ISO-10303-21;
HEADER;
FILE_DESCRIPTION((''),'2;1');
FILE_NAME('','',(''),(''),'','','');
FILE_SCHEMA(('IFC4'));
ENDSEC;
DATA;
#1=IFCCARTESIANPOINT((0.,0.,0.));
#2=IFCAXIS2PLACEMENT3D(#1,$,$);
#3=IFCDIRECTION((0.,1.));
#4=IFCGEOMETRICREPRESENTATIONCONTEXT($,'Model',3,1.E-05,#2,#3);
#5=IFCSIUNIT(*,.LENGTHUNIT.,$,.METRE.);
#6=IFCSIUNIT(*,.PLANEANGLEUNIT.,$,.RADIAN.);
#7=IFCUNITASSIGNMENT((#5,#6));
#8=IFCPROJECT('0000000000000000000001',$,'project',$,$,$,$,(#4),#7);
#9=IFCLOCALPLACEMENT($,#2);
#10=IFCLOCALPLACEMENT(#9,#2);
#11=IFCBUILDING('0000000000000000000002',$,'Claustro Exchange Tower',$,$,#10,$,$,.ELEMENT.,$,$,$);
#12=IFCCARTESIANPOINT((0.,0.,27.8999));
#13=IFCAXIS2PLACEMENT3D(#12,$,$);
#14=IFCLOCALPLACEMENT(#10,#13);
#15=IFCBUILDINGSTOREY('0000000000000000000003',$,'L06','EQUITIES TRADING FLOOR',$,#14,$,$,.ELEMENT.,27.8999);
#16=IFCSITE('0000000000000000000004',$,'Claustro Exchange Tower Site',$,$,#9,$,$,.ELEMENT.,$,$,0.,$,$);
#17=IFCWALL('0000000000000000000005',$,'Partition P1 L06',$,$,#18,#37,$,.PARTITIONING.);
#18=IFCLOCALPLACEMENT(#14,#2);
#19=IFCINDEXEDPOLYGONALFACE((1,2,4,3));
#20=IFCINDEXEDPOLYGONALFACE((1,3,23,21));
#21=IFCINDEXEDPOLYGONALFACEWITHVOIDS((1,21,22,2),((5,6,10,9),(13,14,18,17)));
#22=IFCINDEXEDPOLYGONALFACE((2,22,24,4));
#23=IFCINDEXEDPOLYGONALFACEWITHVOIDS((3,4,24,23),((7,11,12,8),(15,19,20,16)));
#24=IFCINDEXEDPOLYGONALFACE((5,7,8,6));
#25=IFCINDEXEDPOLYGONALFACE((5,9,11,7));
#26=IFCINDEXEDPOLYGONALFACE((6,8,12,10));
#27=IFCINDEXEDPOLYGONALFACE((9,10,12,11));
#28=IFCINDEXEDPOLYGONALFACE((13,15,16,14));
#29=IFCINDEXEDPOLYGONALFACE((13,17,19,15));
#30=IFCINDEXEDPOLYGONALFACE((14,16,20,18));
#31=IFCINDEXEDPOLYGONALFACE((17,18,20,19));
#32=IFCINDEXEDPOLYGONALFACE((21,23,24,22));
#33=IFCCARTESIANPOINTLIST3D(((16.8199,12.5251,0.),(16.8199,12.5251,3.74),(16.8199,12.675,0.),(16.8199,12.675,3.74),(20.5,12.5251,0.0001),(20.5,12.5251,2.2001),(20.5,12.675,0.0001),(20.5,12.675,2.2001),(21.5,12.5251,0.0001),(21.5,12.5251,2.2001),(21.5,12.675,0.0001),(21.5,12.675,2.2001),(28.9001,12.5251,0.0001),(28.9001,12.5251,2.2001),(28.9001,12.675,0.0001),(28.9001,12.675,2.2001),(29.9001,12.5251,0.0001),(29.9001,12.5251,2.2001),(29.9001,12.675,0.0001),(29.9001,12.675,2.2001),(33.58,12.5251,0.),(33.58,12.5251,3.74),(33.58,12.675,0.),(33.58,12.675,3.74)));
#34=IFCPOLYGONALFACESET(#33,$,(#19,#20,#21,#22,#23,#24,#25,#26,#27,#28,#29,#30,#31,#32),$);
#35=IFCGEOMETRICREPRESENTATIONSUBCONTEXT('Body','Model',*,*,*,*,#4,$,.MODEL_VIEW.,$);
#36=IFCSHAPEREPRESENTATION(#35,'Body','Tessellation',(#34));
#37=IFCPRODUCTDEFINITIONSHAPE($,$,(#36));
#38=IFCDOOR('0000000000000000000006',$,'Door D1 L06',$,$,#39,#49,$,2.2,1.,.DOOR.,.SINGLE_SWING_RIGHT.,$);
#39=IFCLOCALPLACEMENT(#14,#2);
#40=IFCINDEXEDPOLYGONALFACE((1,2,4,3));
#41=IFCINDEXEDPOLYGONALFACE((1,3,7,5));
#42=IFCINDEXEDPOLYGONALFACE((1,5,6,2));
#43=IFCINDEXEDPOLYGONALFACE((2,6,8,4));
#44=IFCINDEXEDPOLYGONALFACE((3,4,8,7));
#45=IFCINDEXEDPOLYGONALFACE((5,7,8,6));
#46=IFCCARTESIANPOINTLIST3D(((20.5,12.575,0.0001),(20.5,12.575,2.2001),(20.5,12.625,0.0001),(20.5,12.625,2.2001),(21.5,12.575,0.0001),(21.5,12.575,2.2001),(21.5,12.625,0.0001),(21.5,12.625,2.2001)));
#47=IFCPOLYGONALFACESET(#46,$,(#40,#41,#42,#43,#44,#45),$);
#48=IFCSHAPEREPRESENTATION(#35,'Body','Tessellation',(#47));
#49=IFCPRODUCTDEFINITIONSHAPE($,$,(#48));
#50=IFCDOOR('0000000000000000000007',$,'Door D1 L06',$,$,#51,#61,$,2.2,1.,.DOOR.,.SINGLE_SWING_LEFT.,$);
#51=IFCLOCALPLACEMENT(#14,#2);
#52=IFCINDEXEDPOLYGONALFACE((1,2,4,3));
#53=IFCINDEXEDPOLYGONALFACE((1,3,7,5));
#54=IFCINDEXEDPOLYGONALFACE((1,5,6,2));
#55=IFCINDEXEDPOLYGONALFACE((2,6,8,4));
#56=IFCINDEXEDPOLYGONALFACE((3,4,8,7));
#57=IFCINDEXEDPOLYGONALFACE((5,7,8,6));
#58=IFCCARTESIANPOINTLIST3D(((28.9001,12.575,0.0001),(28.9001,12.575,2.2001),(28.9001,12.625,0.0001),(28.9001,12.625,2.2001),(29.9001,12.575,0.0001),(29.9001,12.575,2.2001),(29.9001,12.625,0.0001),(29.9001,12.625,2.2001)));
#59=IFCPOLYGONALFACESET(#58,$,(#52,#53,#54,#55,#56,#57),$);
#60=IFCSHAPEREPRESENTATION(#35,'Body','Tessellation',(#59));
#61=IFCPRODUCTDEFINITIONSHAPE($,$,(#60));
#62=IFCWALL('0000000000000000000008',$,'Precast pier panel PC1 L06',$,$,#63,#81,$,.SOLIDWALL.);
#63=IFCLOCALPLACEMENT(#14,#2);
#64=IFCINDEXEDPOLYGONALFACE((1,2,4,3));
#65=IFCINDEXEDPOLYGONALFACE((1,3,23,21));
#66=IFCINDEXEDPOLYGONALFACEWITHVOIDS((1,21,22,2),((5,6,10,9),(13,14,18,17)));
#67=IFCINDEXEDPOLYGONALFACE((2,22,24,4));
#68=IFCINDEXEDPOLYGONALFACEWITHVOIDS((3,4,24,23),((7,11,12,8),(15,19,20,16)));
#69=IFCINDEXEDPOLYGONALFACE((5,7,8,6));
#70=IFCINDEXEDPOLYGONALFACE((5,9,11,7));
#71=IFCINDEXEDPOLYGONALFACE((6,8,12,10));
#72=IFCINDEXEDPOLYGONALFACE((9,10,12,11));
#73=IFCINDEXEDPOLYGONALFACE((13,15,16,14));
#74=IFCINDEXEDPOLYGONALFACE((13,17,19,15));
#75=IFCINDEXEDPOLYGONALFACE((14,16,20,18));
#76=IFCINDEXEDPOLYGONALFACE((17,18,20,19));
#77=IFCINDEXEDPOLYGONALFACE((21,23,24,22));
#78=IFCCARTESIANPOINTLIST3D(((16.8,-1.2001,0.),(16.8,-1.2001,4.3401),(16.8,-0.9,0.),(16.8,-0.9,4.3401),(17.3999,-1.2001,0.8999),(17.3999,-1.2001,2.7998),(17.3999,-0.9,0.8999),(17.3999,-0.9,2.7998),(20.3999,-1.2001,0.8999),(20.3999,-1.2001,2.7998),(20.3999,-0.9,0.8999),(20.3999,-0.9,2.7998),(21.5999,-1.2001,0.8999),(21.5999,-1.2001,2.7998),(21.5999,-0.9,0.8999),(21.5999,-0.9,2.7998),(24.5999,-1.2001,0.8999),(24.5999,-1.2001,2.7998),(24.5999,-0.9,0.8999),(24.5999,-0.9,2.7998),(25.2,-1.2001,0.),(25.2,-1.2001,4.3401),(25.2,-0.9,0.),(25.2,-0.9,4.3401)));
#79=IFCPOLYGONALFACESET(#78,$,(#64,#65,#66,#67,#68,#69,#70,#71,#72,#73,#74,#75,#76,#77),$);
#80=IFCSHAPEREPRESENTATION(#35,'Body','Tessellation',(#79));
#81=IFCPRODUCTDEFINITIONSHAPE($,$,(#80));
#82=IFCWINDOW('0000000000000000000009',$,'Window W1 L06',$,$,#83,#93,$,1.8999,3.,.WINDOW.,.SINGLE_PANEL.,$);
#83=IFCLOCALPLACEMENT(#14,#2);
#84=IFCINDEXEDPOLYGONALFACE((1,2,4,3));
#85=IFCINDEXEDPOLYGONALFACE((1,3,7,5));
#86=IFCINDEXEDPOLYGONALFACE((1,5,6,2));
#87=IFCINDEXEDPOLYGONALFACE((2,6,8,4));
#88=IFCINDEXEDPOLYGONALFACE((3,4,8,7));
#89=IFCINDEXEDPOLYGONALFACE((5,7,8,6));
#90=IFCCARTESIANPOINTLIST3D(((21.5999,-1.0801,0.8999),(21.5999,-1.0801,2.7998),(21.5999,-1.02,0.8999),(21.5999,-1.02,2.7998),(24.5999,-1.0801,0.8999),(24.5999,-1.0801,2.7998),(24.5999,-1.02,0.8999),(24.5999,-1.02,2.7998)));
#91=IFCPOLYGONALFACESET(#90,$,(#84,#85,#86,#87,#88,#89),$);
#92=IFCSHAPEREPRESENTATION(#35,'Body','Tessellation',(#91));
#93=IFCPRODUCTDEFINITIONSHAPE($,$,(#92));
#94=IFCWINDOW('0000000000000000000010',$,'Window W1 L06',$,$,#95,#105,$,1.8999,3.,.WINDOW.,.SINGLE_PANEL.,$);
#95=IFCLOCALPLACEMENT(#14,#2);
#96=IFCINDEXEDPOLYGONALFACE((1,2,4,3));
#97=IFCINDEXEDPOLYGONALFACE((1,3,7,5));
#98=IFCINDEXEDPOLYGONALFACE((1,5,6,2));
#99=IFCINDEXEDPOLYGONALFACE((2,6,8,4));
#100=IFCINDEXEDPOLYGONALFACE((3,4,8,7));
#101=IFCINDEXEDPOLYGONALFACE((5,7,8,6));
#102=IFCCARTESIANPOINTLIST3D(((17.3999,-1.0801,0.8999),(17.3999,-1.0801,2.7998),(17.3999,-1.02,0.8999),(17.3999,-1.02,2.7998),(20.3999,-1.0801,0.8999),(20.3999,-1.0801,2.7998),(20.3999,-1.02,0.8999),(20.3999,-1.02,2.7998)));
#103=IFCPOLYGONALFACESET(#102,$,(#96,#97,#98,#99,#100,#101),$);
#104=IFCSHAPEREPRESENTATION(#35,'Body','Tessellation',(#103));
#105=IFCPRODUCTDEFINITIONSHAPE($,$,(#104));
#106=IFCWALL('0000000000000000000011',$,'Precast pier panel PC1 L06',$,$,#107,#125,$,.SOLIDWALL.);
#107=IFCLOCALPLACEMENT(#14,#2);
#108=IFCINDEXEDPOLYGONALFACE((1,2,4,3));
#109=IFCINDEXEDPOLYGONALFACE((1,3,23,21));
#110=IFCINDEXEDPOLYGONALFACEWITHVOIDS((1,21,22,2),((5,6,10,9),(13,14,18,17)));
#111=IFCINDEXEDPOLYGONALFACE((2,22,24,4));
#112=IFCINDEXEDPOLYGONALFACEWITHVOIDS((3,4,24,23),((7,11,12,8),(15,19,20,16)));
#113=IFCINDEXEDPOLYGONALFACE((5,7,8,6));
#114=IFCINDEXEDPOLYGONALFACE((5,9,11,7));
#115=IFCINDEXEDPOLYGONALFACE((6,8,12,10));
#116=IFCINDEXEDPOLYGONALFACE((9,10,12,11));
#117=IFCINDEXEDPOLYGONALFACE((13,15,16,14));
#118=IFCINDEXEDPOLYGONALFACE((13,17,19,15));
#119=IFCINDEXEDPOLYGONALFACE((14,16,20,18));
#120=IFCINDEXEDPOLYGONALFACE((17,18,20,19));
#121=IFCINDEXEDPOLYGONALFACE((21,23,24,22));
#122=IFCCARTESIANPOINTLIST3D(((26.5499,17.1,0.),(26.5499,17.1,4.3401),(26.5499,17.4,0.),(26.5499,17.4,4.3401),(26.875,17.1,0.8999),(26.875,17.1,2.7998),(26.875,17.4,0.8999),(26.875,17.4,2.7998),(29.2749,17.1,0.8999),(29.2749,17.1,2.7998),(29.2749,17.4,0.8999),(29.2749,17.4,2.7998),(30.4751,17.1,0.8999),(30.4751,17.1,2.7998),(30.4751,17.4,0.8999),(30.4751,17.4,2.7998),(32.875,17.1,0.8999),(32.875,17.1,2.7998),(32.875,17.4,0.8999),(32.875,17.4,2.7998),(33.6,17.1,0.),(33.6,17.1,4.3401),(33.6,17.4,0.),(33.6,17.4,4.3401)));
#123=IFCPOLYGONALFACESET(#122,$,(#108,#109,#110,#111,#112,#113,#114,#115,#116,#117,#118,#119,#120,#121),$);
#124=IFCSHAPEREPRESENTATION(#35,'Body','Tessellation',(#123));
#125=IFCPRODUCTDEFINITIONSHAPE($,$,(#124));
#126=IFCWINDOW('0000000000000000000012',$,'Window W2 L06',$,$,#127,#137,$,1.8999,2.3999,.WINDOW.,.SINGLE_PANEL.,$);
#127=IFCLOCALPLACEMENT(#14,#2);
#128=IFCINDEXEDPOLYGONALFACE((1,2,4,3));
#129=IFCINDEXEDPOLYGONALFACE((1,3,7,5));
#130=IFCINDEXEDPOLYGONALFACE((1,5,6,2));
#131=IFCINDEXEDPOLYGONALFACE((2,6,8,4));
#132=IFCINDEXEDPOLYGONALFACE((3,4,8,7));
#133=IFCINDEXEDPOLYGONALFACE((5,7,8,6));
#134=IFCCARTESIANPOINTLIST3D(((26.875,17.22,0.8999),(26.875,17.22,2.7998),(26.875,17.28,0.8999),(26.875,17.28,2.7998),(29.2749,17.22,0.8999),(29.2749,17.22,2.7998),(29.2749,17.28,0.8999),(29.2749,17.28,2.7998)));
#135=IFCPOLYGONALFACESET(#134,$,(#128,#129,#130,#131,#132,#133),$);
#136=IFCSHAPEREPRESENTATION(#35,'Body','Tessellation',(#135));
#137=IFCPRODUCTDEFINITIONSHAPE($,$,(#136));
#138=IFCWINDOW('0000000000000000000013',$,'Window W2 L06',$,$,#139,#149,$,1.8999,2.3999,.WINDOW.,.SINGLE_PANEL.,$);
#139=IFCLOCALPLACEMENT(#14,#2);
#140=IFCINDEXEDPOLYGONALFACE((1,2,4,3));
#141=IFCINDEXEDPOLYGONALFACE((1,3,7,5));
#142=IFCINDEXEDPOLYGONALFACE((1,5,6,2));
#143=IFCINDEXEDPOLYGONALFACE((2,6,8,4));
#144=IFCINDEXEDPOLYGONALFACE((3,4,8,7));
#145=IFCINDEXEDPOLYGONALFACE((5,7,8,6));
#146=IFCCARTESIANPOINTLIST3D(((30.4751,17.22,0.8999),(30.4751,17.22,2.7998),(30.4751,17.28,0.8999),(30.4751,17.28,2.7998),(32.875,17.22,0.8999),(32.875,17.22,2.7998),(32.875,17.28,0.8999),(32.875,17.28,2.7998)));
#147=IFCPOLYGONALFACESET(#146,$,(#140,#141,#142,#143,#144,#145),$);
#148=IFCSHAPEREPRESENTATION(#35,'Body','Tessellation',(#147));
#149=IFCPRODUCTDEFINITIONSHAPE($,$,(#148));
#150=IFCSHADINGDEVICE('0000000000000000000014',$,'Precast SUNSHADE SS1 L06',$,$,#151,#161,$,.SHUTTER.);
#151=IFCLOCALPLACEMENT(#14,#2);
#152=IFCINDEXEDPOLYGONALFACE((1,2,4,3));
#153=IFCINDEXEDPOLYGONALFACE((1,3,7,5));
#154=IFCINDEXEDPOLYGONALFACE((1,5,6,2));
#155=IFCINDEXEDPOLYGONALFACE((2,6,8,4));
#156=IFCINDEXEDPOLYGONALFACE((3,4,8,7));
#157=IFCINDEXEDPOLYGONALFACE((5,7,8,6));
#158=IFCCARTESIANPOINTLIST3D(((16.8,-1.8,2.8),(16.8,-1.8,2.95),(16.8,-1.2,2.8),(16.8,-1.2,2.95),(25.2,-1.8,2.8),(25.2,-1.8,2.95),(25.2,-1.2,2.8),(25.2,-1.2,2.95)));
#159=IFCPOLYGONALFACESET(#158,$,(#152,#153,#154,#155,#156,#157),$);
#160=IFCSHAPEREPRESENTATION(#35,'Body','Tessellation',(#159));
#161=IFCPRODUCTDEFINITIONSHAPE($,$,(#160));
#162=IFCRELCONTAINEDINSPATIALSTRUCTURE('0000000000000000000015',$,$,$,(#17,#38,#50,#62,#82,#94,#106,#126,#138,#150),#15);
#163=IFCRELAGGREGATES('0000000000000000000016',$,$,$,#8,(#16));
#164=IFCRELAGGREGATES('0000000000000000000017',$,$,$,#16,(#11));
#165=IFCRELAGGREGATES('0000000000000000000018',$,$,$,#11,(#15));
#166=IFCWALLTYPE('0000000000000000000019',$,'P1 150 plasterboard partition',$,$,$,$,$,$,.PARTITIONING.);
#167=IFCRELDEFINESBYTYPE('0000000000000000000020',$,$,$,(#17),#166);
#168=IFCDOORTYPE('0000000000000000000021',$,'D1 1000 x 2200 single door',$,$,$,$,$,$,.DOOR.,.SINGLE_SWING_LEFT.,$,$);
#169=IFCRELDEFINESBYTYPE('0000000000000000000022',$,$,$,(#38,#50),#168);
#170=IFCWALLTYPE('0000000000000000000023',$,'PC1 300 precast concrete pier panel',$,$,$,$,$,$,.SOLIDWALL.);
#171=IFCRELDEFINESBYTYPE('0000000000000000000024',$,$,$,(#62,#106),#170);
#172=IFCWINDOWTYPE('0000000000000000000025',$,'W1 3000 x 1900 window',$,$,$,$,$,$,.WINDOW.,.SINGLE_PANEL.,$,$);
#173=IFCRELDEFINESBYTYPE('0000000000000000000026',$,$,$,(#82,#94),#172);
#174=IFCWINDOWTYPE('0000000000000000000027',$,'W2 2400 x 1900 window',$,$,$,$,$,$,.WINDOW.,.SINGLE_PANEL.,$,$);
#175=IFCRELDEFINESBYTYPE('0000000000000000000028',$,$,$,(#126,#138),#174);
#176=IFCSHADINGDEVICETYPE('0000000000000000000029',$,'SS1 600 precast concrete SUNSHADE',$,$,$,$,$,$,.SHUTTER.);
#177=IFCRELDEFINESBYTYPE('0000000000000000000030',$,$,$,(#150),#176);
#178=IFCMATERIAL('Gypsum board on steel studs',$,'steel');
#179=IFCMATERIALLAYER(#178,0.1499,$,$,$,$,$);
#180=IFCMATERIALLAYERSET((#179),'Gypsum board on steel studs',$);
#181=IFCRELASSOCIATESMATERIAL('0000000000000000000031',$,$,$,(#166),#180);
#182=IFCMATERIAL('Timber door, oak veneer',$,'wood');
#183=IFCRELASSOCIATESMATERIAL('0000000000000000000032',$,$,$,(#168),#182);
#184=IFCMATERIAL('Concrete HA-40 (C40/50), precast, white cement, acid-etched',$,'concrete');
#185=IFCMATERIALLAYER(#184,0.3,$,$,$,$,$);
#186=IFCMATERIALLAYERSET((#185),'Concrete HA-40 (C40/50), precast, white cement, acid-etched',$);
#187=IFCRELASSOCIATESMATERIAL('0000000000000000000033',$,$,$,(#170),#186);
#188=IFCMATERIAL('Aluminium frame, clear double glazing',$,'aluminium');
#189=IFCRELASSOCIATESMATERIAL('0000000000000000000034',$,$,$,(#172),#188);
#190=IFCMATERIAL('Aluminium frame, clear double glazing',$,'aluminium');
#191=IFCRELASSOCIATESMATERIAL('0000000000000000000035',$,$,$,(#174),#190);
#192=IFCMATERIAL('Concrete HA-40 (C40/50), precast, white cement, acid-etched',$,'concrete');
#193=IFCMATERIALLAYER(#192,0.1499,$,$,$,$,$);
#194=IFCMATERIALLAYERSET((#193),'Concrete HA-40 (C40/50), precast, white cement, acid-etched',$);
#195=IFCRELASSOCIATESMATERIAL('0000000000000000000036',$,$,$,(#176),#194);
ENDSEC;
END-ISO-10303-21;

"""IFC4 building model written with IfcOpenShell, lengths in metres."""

from ifc_helpers import new_model, si_unit, direction, frame, frame_2d, origin, origin_2d, place, context, subcontext, project, spatial, rectangle, extrude, material, layer, layer_set, type_object, element, fill, save


model = new_model("IFC4")

# Units and contexts
model_context = context("Model", 3, precision=1e-05, world=origin(), true_north=direction((0.0, 1.0)))
body_context = subcontext(model_context, "Body", "Model", "MODEL_VIEW")
ifc_project = project(units=[si_unit("LENGTHUNIT", "METRE"), si_unit("PLANEANGLEUNIT", "RADIAN")], contexts=[model_context])

# Site, building, storey
site_placement = place(None, origin())
site = spatial("IfcSite", under=ifc_project, at=site_placement, Name="Claustro Exchange Tower Site", CompositionType="ELEMENT", RefElevation=0.0)
building_placement = place(site_placement, origin())
building = spatial("IfcBuilding", under=site, at=building_placement, Name="Claustro Exchange Tower", CompositionType="ELEMENT")
storey_placement = place(building_placement, frame((0.0, 0.0, 27.8999)))
storey = spatial("IfcBuildingStorey", under=building, at=storey_placement, Name="L06", Description="EQUITIES TRADING FLOOR", CompositionType="ELEMENT", Elevation=27.8999)

# Shared definitions
ifc_material_1 = material(Name="Gypsum board on steel studs", Category="steel")
ifc_layer_1 = layer(ifc_material_1, 0.1499)
ifc_layer_set_1 = layer_set([ifc_layer_1], Name="Gypsum board on steel studs")
wall_type_1 = type_object("IfcWallType", Name="P1 150 plasterboard partition", PredefinedType="PARTITIONING", material=ifc_layer_set_1)

# Wall, openings, doors
wall_1_placement = place(storey_placement, frame((16.8201, 12.6001, 0.0), z_axis=(0.0, 0.0, 1.0), x_axis=(1.0, 0.0, 0.0)))
wall_1 = element("IfcWall", 1, at=wall_1_placement, inside=storey, type_object=wall_type_1, Name="Partition P1 L06", PredefinedType="PARTITIONING", context=body_context, shape_type="SweptSolid", body=[
    extrude(rectangle(XDim=16.76, YDim=0.1499, at=frame_2d((8.3799, 0.0))), origin(), (0.0, 0.0, 1.0), 3.74),
])
opening_1_placement = place(wall_1_placement, frame((3.6799, 0.0, 0.0)))
opening_1 = element("IfcOpeningElement", 2, at=opening_1_placement, cuts=wall_1, PredefinedType="OPENING", context=body_context, shape_type="SweptSolid", body=[
    extrude(rectangle(XDim=1.0, YDim=2.2, at=frame_2d((0.5, 1.1001))), frame((0.0, 0.085, 0.0), z_axis=(0.0, -1.0, 0.0), x_axis=(1.0, 0.0, 0.0)), (0.0, 0.0, 1.0), 0.1699),
])
opening_2_placement = place(wall_1_placement, frame((12.0801, 0.0, 0.0)))
opening_2 = element("IfcOpeningElement", 3, at=opening_2_placement, cuts=wall_1, PredefinedType="OPENING", context=body_context, shape_type="SweptSolid", body=[
    extrude(rectangle(XDim=1.0, YDim=2.2, at=frame_2d((0.5, 1.1001))), frame((0.0, 0.085, 0.0), z_axis=(0.0, -1.0, 0.0), x_axis=(1.0, 0.0, 0.0)), (0.0, 0.0, 1.0), 0.1699),
])
ifc_material_2 = material(Name="Timber door, oak veneer", Category="wood")
door_type = type_object("IfcDoorType", Name="D1 1000 x 2200 single door", OperationType="SINGLE_SWING_LEFT", PredefinedType="DOOR", material=ifc_material_2)
door_1_placement = place(opening_1_placement, origin())
door_1 = element("IfcDoor", 4, at=door_1_placement, inside=storey, type_object=door_type, Name="Door D1 L06", OperationType="SINGLE_SWING_RIGHT", OverallHeight=2.2, OverallWidth=1.0, PredefinedType="DOOR", context=body_context, shape_type="SweptSolid", body=[
    extrude(rectangle(XDim=1.0, YDim=2.2, at=frame_2d((0.5, 1.1001))), frame((0.0, 0.0249, 0.0), z_axis=(0.0, -1.0, 0.0), x_axis=(1.0, 0.0, 0.0)), (0.0, 0.0, 1.0), 0.05),
])
fill(opening_1, door_1)
door_2_placement = place(opening_2_placement, origin())
door_2 = element("IfcDoor", 5, at=door_2_placement, inside=storey, type_object=door_type, Name="Door D1 L06", OperationType="SINGLE_SWING_LEFT", OverallHeight=2.2, OverallWidth=1.0, PredefinedType="DOOR", context=body_context, shape_type="SweptSolid", body=[
    extrude(rectangle(XDim=1.0, YDim=2.2, at=frame_2d((0.5, 1.1001))), frame((0.0, 0.0249, 0.0), z_axis=(0.0, -1.0, 0.0), x_axis=(1.0, 0.0, 0.0)), (0.0, 0.0, 1.0), 0.05),
])
fill(opening_2, door_2)

# Walls, openings, windows
ifc_material_3 = material(Name="Concrete HA-40 (C40/50), precast, white cement, acid-etched", Category="concrete")
ifc_layer_2 = layer(ifc_material_3, 0.3)
ifc_layer_set_2 = layer_set([ifc_layer_2], Name="Concrete HA-40 (C40/50), precast, white cement, acid-etched")
wall_type_2 = type_object("IfcWallType", Name="PC1 300 precast concrete pier panel", PredefinedType="SOLIDWALL", material=ifc_layer_set_2)
wall_2_placement = place(storey_placement, frame((25.2, -1.05, 0.0), z_axis=(0.0, 0.0, 1.0), x_axis=(-1.0, 0.0, 0.0)))
wall_2 = element("IfcWall", 6, at=wall_2_placement, inside=storey, type_object=wall_type_2, Name="Precast pier panel PC1 L06", PredefinedType="SOLIDWALL", context=body_context, shape_type="SweptSolid", body=[
    extrude(rectangle(XDim=8.3999, YDim=0.3, at=frame_2d((4.2, 0.0))), origin(), (0.0, 0.0, 1.0), 4.3401),
])
opening_3_placement = place(wall_2_placement, frame((0.6001, 0.0, 0.8999)))
opening_3 = element("IfcOpeningElement", 7, at=opening_3_placement, cuts=wall_2, PredefinedType="OPENING", context=body_context, shape_type="SweptSolid", body=[
    extrude(rectangle(XDim=3.0, YDim=1.8999, at=frame_2d((1.5, 0.95))), frame((0.0, 0.1599, 0.0), z_axis=(0.0, -1.0, 0.0), x_axis=(1.0, 0.0, 0.0)), (0.0, 0.0, 1.0), 0.3201),
])
opening_4_placement = place(wall_2_placement, frame((4.8, 0.0, 0.8999)))
opening_4 = element("IfcOpeningElement", 8, at=opening_4_placement, cuts=wall_2, PredefinedType="OPENING", context=body_context, shape_type="SweptSolid", body=[
    extrude(rectangle(XDim=3.0, YDim=1.8999, at=frame_2d((1.5, 0.95))), frame((0.0, 0.1599, 0.0), z_axis=(0.0, -1.0, 0.0), x_axis=(1.0, 0.0, 0.0)), (0.0, 0.0, 1.0), 0.3201),
])
ifc_material_4 = material(Name="Aluminium frame, clear double glazing", Category="aluminium")
window_type_1 = type_object("IfcWindowType", Name="W1 3000 x 1900 window", PartitioningType="SINGLE_PANEL", PredefinedType="WINDOW", material=ifc_material_4)
window_1_placement = place(opening_3_placement, origin())
window_1 = element("IfcWindow", 9, at=window_1_placement, inside=storey, type_object=window_type_1, Name="Window W1 L06", OverallHeight=1.8999, OverallWidth=3.0, PartitioningType="SINGLE_PANEL", PredefinedType="WINDOW", context=body_context, shape_type="SweptSolid", body=[
    extrude(rectangle(XDim=3.0, YDim=1.8999, at=frame_2d((1.5, 0.95))), frame((0.0, 0.03, 0.0), z_axis=(0.0, -1.0, 0.0), x_axis=(1.0, 0.0, 0.0)), (0.0, 0.0, 1.0), 0.0601),
])
fill(opening_3, window_1)
window_2_placement = place(opening_4_placement, origin())
window_2 = element("IfcWindow", 10, at=window_2_placement, inside=storey, type_object=window_type_1, Name="Window W1 L06", OverallHeight=1.8999, OverallWidth=3.0, PartitioningType="SINGLE_PANEL", PredefinedType="WINDOW", context=body_context, shape_type="SweptSolid", body=[
    extrude(rectangle(XDim=3.0, YDim=1.8999, at=frame_2d((1.5, 0.95))), frame((0.0, 0.03, 0.0), z_axis=(0.0, -1.0, 0.0), x_axis=(1.0, 0.0, 0.0)), (0.0, 0.0, 1.0), 0.0601),
])
fill(opening_4, window_2)
wall_3_placement = place(storey_placement, frame((26.55, 17.25, 0.0), z_axis=(0.0, 0.0, 1.0), x_axis=(1.0, 0.0, 0.0)))
wall_3 = element("IfcWall", 11, at=wall_3_placement, inside=storey, type_object=wall_type_2, Name="Precast pier panel PC1 L06", PredefinedType="SOLIDWALL", context=body_context, shape_type="SweptSolid", body=[
    extrude(rectangle(XDim=7.05, YDim=0.3, at=frame_2d((3.5249, 0.0))), origin(), (0.0, 0.0, 1.0), 4.3401),
])
opening_5_placement = place(wall_3_placement, frame((0.325, 0.0, 0.8999)))
opening_5 = element("IfcOpeningElement", 12, at=opening_5_placement, cuts=wall_3, PredefinedType="OPENING", context=body_context, shape_type="SweptSolid", body=[
    extrude(rectangle(XDim=2.3999, YDim=1.8999, at=frame_2d((1.2, 0.95))), frame((0.0, 0.1599, 0.0), z_axis=(0.0, -1.0, 0.0), x_axis=(1.0, 0.0, 0.0)), (0.0, 0.0, 1.0), 0.3201),
])
opening_6_placement = place(wall_3_placement, frame((3.925, 0.0, 0.8999)))
opening_6 = element("IfcOpeningElement", 13, at=opening_6_placement, cuts=wall_3, PredefinedType="OPENING", context=body_context, shape_type="SweptSolid", body=[
    extrude(rectangle(XDim=2.3999, YDim=1.8999, at=frame_2d((1.2, 0.95))), frame((0.0, 0.1599, 0.0), z_axis=(0.0, -1.0, 0.0), x_axis=(1.0, 0.0, 0.0)), (0.0, 0.0, 1.0), 0.3201),
])
ifc_material_5 = material(Name="Aluminium frame, clear double glazing", Category="aluminium")
window_type_2 = type_object("IfcWindowType", Name="W2 2400 x 1900 window", PartitioningType="SINGLE_PANEL", PredefinedType="WINDOW", material=ifc_material_5)
window_3_placement = place(opening_5_placement, origin())
window_3 = element("IfcWindow", 14, at=window_3_placement, inside=storey, type_object=window_type_2, Name="Window W2 L06", OverallHeight=1.8999, OverallWidth=2.3999, PartitioningType="SINGLE_PANEL", PredefinedType="WINDOW", context=body_context, shape_type="SweptSolid", body=[
    extrude(rectangle(XDim=2.3999, YDim=1.8999, at=frame_2d((1.2, 0.95))), frame((0.0, 0.03, 0.0), z_axis=(0.0, -1.0, 0.0), x_axis=(1.0, 0.0, 0.0)), (0.0, 0.0, 1.0), 0.0601),
])
fill(opening_5, window_3)
window_4_placement = place(opening_6_placement, origin())
window_4 = element("IfcWindow", 15, at=window_4_placement, inside=storey, type_object=window_type_2, Name="Window W2 L06", OverallHeight=1.8999, OverallWidth=2.3999, PartitioningType="SINGLE_PANEL", PredefinedType="WINDOW", context=body_context, shape_type="SweptSolid", body=[
    extrude(rectangle(XDim=2.3999, YDim=1.8999, at=frame_2d((1.2, 0.95))), frame((0.0, 0.03, 0.0), z_axis=(0.0, -1.0, 0.0), x_axis=(1.0, 0.0, 0.0)), (0.0, 0.0, 1.0), 0.0601),
])
fill(opening_6, window_4)

# Shading device
ifc_material_6 = material(Name="Concrete HA-40 (C40/50), precast, white cement, acid-etched", Category="concrete")
ifc_layer_3 = layer(ifc_material_6, 0.1499)
ifc_layer_set_3 = layer_set([ifc_layer_3], Name="Concrete HA-40 (C40/50), precast, white cement, acid-etched")
shading_device_type = type_object("IfcShadingDeviceType", Name="SS1 600 precast concrete SUNSHADE", PredefinedType="SHUTTER", material=ifc_layer_set_3)
shading_device_placement = place(storey_placement, frame((21.0, -1.5, 2.8), z_axis=(0.0, 0.0, 1.0), x_axis=(-1.0, 0.0, 0.0)))
element("IfcShadingDevice", 16, at=shading_device_placement, inside=storey, type_object=shading_device_type, Name="Precast SUNSHADE SS1 L06", PredefinedType="SHUTTER", context=body_context, shape_type="SweptSolid", body=[
    extrude(rectangle(XDim=8.3999, YDim=0.6001, at=origin_2d()), origin(), (0.0, 0.0, 1.0), 0.1499),
])

save(model, "model.ifc")
